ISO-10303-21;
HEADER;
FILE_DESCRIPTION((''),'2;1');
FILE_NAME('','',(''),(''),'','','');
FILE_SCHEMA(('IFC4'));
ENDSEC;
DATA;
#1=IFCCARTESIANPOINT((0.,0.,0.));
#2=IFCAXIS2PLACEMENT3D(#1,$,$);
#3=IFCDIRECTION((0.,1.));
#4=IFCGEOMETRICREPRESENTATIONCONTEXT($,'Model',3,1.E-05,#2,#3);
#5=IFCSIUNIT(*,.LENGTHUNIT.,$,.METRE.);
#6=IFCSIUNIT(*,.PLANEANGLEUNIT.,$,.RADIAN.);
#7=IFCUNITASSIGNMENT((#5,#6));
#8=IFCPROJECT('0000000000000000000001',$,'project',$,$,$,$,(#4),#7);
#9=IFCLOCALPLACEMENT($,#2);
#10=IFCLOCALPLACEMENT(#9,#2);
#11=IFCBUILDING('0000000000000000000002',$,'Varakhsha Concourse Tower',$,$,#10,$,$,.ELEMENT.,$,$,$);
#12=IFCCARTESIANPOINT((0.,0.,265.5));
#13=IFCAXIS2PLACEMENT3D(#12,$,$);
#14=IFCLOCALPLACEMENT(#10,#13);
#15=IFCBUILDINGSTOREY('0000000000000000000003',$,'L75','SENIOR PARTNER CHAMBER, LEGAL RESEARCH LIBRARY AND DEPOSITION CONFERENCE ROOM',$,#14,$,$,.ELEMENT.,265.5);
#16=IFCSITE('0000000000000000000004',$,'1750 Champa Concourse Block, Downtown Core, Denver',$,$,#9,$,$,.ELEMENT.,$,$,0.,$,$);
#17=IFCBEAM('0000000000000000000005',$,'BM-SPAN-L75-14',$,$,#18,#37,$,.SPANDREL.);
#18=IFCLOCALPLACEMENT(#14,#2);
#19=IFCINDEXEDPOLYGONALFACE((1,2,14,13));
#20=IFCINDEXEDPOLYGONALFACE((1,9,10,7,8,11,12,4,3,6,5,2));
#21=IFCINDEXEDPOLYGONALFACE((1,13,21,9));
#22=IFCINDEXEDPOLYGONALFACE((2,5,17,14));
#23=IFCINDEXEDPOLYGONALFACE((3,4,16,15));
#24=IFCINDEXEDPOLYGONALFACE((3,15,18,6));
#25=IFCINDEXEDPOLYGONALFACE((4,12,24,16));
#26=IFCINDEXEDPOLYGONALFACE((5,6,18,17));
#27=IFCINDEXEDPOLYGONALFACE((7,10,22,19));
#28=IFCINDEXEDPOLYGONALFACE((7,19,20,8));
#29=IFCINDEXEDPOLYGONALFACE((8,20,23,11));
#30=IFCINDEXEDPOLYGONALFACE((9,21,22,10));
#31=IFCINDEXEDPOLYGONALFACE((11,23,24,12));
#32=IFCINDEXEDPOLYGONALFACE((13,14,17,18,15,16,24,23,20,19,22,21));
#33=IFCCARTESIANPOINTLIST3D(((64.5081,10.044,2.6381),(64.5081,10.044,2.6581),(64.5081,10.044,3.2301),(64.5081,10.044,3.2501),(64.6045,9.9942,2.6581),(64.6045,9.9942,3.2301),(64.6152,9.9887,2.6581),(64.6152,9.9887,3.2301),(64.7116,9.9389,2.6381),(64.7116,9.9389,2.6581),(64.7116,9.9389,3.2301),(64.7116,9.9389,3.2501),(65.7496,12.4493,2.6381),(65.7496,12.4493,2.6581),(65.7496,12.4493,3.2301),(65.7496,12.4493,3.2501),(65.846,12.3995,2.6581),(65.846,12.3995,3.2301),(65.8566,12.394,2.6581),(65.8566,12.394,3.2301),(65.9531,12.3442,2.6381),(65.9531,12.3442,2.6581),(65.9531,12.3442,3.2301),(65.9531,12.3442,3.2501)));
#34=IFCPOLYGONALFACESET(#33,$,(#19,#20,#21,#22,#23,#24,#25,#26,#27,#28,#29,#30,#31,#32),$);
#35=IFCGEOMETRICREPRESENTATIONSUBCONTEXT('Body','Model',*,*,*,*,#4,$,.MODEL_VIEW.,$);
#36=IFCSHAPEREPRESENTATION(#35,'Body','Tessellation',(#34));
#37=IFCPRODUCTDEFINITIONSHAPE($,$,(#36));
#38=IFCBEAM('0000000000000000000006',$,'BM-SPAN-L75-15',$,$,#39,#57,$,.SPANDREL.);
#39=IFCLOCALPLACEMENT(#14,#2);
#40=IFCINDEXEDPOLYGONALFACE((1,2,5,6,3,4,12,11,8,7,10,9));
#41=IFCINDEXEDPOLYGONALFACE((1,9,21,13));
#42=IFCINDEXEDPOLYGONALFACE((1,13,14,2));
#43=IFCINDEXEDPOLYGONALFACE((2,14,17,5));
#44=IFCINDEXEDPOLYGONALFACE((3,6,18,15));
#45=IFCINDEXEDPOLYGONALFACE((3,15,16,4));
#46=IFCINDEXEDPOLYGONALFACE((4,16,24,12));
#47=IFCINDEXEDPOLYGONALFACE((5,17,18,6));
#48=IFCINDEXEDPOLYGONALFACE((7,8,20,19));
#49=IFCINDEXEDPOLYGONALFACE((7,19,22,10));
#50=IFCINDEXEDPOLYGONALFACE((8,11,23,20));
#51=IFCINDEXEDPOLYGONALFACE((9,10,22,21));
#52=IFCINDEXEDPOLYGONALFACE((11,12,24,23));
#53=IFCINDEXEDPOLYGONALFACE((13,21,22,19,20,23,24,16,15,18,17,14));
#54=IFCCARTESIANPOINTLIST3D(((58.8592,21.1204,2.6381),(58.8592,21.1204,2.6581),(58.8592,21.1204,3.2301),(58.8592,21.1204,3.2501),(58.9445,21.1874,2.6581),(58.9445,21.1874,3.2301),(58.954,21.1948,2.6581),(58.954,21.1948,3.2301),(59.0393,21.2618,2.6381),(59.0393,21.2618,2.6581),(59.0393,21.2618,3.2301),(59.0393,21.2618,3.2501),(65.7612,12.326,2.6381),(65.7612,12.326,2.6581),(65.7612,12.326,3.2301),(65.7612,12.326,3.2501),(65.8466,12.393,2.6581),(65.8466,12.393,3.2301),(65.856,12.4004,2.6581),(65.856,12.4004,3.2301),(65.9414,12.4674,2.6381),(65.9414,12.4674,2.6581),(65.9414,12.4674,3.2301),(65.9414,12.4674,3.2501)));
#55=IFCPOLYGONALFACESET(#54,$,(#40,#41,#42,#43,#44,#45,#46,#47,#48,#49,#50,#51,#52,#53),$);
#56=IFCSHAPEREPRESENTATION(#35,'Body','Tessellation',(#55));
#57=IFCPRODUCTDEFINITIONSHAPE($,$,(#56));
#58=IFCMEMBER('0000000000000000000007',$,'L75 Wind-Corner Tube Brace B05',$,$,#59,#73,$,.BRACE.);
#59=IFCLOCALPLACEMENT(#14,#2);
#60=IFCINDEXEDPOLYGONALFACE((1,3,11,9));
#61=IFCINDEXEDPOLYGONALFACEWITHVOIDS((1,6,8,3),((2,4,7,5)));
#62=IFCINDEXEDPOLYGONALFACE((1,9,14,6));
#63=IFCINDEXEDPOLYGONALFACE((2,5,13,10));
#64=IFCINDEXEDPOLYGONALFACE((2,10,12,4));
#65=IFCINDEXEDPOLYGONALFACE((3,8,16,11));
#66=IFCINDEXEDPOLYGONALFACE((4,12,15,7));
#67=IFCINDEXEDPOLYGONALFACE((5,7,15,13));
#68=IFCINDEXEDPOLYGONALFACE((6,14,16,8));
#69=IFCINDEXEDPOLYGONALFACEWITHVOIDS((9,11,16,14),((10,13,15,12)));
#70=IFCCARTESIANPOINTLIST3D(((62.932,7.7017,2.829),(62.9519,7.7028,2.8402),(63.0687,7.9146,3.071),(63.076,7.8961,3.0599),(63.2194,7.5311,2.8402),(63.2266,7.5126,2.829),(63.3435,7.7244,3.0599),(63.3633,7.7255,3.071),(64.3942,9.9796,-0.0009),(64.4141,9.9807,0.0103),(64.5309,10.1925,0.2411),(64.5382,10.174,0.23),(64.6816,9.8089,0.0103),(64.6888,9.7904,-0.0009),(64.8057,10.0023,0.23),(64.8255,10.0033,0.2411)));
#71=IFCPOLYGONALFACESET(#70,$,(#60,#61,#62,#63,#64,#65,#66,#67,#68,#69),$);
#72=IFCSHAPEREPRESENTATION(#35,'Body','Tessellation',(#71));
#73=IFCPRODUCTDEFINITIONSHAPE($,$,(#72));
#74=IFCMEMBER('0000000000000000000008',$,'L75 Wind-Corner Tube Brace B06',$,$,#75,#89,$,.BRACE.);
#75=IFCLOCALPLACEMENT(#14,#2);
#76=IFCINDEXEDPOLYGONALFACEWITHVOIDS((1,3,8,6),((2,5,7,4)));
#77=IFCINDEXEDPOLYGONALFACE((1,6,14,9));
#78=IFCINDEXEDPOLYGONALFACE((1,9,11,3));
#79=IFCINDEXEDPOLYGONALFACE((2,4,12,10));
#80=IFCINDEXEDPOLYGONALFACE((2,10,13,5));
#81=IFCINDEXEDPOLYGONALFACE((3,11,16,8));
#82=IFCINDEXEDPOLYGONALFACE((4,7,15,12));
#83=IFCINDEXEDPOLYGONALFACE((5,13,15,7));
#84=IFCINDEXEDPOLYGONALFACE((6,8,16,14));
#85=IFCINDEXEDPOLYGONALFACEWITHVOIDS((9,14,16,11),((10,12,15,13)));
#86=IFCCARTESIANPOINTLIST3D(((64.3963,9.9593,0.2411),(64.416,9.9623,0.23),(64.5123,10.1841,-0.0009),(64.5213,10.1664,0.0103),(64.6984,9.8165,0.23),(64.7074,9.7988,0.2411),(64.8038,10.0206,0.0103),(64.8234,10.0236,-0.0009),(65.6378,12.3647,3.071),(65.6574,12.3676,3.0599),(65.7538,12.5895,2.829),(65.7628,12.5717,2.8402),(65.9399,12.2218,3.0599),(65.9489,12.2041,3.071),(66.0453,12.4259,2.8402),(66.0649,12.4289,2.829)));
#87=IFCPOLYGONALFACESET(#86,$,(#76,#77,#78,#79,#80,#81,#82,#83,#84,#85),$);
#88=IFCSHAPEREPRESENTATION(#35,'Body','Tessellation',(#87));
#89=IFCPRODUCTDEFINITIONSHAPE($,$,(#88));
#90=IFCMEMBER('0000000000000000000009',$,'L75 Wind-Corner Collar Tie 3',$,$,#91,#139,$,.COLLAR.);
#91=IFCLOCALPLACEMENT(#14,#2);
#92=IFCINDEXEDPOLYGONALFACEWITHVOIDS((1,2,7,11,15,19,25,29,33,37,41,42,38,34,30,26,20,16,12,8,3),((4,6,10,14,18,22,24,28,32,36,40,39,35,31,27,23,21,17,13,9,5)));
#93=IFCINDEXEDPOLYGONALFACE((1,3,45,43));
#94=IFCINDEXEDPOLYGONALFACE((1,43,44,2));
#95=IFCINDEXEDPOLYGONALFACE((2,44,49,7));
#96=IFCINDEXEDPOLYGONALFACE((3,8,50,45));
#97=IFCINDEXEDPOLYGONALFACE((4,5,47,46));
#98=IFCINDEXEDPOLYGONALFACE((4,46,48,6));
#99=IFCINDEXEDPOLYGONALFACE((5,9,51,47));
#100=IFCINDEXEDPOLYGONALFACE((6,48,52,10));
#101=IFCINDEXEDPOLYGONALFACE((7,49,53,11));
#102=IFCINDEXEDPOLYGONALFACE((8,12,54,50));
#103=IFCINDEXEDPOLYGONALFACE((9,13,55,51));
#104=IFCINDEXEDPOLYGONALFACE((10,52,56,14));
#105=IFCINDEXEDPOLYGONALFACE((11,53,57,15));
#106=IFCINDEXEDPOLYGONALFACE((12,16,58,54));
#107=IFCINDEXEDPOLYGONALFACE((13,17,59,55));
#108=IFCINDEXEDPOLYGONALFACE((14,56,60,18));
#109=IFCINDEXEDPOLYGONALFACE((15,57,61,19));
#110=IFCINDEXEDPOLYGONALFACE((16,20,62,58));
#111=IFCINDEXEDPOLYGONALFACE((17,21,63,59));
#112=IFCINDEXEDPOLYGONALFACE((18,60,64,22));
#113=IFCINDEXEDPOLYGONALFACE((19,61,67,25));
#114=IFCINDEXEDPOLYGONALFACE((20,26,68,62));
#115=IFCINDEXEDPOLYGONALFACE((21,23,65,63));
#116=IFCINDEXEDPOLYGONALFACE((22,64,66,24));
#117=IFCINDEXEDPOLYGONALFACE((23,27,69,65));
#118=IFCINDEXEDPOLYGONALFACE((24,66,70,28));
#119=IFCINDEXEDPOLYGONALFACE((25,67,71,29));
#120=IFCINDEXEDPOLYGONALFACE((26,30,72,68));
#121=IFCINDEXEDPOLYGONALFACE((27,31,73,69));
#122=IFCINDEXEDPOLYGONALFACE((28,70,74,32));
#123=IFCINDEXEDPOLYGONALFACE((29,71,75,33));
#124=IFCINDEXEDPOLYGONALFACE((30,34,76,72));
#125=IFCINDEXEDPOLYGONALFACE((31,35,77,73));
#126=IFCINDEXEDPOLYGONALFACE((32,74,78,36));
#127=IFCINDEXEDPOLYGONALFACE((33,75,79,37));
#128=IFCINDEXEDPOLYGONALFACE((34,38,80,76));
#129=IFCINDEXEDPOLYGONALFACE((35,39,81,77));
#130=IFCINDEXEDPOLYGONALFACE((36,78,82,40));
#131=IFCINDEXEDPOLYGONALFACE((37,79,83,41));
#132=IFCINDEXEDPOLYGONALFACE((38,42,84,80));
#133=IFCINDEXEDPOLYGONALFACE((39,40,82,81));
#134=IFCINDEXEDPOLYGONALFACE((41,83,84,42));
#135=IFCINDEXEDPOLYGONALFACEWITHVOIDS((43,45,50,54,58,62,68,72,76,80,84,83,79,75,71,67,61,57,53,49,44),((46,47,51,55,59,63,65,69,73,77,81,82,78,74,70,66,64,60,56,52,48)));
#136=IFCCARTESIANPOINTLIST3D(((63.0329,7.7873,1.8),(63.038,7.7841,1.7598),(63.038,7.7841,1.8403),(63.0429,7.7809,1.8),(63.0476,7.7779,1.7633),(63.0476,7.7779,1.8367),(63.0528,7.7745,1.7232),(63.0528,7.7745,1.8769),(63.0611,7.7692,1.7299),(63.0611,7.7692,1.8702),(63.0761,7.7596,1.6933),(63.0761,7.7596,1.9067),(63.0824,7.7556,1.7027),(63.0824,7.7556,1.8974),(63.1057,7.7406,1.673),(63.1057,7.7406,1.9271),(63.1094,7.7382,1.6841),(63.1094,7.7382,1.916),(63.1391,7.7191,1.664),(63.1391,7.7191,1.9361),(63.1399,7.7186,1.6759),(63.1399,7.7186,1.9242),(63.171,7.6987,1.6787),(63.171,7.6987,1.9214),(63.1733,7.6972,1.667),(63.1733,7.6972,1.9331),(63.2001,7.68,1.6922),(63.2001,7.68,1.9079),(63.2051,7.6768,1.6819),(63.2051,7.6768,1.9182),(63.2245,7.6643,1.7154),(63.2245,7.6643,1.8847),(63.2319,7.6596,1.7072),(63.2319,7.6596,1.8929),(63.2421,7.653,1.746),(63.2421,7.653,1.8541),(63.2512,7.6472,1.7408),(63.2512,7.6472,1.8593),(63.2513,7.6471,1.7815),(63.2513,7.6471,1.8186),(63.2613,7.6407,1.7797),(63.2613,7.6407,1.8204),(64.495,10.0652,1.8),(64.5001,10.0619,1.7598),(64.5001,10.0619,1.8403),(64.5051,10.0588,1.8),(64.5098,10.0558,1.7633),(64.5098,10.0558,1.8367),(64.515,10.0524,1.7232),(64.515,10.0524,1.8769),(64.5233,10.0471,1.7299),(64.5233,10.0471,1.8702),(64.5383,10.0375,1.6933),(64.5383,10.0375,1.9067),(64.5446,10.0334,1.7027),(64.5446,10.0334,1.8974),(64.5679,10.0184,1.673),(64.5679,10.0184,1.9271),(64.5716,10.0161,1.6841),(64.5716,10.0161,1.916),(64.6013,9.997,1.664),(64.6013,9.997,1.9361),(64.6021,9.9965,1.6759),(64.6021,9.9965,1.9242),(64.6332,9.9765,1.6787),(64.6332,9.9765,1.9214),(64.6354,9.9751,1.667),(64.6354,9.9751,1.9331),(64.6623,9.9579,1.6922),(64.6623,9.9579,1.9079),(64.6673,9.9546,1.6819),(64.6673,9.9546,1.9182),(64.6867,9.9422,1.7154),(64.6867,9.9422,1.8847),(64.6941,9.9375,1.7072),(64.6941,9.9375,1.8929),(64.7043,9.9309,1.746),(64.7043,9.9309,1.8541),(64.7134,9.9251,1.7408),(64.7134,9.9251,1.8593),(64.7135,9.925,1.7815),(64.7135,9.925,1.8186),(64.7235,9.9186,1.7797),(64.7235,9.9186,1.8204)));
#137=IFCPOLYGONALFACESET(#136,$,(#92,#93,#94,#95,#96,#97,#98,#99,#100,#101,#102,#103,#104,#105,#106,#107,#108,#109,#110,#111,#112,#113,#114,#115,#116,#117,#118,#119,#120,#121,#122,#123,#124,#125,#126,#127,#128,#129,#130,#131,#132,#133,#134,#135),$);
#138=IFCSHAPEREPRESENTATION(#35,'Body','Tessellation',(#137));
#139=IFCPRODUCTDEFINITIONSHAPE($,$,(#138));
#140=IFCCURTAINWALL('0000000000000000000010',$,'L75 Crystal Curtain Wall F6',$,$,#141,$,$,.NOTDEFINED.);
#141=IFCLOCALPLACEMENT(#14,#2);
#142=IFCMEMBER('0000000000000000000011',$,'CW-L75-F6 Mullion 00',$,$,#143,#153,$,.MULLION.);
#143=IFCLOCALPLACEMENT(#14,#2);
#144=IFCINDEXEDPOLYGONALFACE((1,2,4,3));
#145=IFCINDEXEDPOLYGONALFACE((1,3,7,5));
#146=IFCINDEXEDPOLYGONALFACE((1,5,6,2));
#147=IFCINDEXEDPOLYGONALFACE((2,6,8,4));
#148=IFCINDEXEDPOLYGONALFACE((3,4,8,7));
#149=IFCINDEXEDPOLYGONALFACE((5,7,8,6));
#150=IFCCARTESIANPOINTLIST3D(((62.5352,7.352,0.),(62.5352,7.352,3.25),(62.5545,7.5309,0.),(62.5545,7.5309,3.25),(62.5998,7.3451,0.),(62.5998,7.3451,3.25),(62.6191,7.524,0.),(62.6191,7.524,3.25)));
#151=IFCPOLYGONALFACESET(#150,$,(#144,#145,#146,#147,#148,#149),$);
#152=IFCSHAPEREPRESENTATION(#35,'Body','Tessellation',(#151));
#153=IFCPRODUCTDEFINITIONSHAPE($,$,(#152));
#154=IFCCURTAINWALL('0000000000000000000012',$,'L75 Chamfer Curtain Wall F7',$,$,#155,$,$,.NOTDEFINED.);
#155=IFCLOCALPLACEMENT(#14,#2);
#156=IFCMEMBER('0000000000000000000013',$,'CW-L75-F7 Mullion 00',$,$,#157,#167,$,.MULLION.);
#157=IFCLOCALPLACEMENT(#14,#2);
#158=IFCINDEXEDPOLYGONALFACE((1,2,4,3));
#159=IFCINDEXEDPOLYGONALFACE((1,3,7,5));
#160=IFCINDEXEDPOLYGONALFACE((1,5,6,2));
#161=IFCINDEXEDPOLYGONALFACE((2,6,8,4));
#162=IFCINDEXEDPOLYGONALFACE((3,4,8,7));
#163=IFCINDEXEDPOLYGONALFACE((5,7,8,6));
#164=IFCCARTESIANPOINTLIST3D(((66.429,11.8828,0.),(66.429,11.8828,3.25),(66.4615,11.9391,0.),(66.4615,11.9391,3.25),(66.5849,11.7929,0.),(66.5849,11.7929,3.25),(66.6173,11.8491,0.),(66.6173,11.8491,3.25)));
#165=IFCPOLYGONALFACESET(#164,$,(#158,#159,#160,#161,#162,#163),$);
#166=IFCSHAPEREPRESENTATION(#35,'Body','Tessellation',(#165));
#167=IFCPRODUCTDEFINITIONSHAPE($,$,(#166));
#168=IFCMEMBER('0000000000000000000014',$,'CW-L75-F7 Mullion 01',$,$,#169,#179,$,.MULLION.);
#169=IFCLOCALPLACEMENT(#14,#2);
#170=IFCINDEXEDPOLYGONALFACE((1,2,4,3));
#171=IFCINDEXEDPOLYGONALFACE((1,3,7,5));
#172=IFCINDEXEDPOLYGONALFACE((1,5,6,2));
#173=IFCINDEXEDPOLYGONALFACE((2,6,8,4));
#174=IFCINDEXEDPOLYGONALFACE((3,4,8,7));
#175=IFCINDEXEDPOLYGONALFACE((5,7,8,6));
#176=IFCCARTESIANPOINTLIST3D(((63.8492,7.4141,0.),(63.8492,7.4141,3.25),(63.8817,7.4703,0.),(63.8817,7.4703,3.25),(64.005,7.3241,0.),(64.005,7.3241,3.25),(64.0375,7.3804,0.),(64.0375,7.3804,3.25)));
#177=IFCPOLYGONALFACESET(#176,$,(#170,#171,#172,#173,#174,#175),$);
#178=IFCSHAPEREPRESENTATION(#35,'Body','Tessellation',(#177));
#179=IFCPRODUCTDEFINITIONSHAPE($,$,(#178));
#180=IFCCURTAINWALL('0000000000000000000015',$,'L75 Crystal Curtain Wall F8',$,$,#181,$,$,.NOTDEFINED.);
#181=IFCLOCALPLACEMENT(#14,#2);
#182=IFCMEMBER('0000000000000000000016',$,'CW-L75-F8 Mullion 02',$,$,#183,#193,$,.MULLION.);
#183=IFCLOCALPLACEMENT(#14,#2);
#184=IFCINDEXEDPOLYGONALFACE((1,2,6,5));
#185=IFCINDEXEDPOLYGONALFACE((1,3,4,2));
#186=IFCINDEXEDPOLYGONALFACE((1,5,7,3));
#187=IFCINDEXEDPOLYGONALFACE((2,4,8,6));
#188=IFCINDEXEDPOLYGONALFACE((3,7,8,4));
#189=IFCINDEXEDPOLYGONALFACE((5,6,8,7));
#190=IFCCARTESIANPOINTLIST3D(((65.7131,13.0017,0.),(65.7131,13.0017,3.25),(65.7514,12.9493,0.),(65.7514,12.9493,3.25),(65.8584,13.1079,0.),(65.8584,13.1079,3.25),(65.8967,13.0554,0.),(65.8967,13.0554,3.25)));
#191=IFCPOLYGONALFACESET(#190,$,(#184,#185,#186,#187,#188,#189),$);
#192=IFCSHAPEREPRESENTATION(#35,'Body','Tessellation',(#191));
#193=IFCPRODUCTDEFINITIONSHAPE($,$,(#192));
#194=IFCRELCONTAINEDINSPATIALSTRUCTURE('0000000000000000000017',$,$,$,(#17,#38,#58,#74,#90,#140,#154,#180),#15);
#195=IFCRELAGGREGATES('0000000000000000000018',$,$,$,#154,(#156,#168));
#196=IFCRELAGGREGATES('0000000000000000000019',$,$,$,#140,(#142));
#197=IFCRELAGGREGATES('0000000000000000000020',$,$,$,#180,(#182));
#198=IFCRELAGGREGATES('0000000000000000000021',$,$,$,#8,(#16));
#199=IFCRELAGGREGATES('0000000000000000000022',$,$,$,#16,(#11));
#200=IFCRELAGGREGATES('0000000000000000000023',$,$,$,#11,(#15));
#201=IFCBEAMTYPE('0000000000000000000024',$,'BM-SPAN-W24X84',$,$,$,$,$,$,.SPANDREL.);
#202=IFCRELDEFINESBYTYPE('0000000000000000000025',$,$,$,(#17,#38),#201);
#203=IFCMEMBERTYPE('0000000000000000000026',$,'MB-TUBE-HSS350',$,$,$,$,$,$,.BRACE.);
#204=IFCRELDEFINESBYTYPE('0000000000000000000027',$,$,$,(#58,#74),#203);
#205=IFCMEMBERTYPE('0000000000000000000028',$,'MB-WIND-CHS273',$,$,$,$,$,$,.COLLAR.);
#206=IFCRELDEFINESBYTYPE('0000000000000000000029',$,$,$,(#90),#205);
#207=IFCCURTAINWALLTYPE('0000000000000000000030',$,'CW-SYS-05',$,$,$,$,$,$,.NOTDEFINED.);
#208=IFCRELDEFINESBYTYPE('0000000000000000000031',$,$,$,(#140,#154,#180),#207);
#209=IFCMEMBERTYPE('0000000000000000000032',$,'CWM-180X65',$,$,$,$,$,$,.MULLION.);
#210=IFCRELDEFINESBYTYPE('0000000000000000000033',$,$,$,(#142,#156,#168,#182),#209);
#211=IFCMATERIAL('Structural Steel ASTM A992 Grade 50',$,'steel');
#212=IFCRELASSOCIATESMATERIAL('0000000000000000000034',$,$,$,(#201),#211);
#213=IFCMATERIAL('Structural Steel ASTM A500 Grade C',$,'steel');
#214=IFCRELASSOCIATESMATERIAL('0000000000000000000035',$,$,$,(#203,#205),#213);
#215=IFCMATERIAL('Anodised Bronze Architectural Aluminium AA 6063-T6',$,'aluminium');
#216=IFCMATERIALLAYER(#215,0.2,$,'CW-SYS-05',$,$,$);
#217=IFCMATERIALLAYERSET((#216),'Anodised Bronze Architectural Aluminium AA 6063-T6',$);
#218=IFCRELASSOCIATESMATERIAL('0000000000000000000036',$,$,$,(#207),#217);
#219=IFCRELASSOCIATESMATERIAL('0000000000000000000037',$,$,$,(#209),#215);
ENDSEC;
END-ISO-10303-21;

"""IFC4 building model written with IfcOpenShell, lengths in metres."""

from ifc_helpers import new_model, si_unit, direction, frame, origin, origin_2d, place, context, subcontext, project, spatial, rectangle, hollow_rectangle, hollow_circle, i_section, extrude, source, transform, mapped, material, layer, layer_set, material_profile, profile_set, type_object, type_shapes, element, aggregate, save


model = new_model("IFC4")

# Units and contexts
model_context = context("Model", 3, precision=1e-05, world=origin(), true_north=direction((0.0, 1.0)))
body_context = subcontext(model_context, "Body", "Model", "MODEL_VIEW")
ifc_project = project(units=[si_unit("LENGTHUNIT", "METRE"), si_unit("PLANEANGLEUNIT", "RADIAN")], contexts=[model_context])

# Site, building, storey
site_placement = place(None, origin())
site = spatial("IfcSite", under=ifc_project, at=site_placement, Name="1750 Champa Concourse Block, Downtown Core, Denver", CompositionType="ELEMENT", RefElevation=0.0)
building_placement = place(site_placement, origin())
building = spatial("IfcBuilding", under=site, at=building_placement, Name="Varakhsha Concourse Tower", CompositionType="ELEMENT")
storey_placement = place(building_placement, frame((0.0, 0.0, 265.5)))
storey = spatial("IfcBuildingStorey", under=building, at=storey_placement, Name="L75", Description="SENIOR PARTNER CHAMBER, LEGAL RESEARCH LIBRARY AND DEPOSITION CONFERENCE ROOM", CompositionType="ELEMENT", Elevation=265.5)

# Beams
ifc_material_1 = material(Name="Structural Steel ASTM A992 Grade 50", Category="steel")
ifc_material_profile_1 = material_profile(ifc_material_1, i_section(OverallWidth=0.229, OverallDepth=0.6121, WebThickness=0.012, FlangeThickness=0.02, at=origin_2d()), Name="W24X84")
ifc_profile_set_1 = profile_set([ifc_material_profile_1], Name="Structural Steel ASTM A992 Grade 50")
beam_type_1 = type_object("IfcBeamType", Name="BM-SPAN-W24X84", PredefinedType="SPANDREL", material=ifc_profile_set_1)
for number, where, z_axis, x_axis, name in (
    (1, (64.6099, 9.9915, 2.9441), (0.45865, 0.888617, 0.0), (-0.888617, 0.45865, 0.0), "BM-SPAN-L75-14"),
):
    element("IfcBeam", number, at=place(storey_placement, frame(where, z_axis=z_axis, x_axis=x_axis)), inside=storey, type_object=beam_type_1, Name=name, PredefinedType="SPANDREL", context=body_context, shape_type="SweptSolid", body=[
        extrude(i_section(OverallWidth=0.229, OverallDepth=0.6121, WebThickness=0.012, FlangeThickness=0.02, at=origin_2d()), origin(), (0.0, 0.0, 1.0), 2.7068),
    ])
beam_1_placement = place(storey_placement, frame((65.8513, 12.3967, 2.9441), z_axis=(-0.617389, 0.786658, 0.0), x_axis=(-0.786658, -0.617389, 0.0)))
element("IfcBeam", 2, at=beam_1_placement, inside=storey, type_object=beam_type_1, Name="BM-SPAN-L75-15", PredefinedType="SPANDREL", context=body_context, shape_type="SweptSolid", body=[
    extrude(i_section(OverallWidth=0.229, OverallDepth=0.6121, WebThickness=0.012, FlangeThickness=0.02, at=origin_2d()), origin(), (0.0, 0.0, 1.0), 11.1794),
])

# Members
ifc_material_2 = material(Name="Structural Steel ASTM A500 Grade C", Category="steel")
ifc_material_profile_2 = material_profile(ifc_material_2, hollow_rectangle(XDim=0.3501, YDim=0.3501, WallThickness=0.0161, at=origin_2d()), Name="HSS 350x350x16")
ifc_profile_set_2 = profile_set([ifc_material_profile_2], Name="Structural Steel ASTM A500 Grade C")
member_type_1 = type_object("IfcMemberType", Name="MB-TUBE-HSS350", PredefinedType="BRACE", material=ifc_profile_set_2)
shared_shape_1 = source(origin(), body_context, "Body", "SweptSolid", [
    extrude(hollow_rectangle(XDim=0.3501, YDim=0.3501, WallThickness=0.0161, at=origin_2d()), origin(), (0.0, 0.0, 1.0), 3.916),
])
type_shapes(member_type_1, [shared_shape_1])
for number, where, z_axis, x_axis, name in (
    (3, (64.6099, 9.9915, 0.1201), (-0.373389, -0.581686, 0.72265), (0.841542, -0.540192, 0.0), "L75 Wind-Corner Tube Brace B05"),
    (4, (64.6099, 9.9915, 0.1201), (0.317027, 0.614228, 0.722647), (-0.888617, 0.45865, 0.0), "L75 Wind-Corner Tube Brace B06"),
):
    element("IfcMember", number, at=place(storey_placement, frame(where, z_axis=z_axis, x_axis=x_axis)), inside=storey, type_object=member_type_1, Name=name, PredefinedType="BRACE", context=body_context, shape_type="MappedRepresentation", body=[
        mapped(shared_shape_1, transform((0.0, 0.0, 0.0), scale=1.0)),
    ])
ifc_material_profile_3 = material_profile(ifc_material_2, hollow_circle(Radius=0.1365, WallThickness=0.012, at=origin_2d()), Name="CHS 273x12")
ifc_profile_set_3 = profile_set([ifc_material_profile_3], Name="Structural Steel ASTM A500 Grade C")
member_type_2 = type_object("IfcMemberType", Name="MB-WIND-CHS273", PredefinedType="COLLAR", material=ifc_profile_set_3)
shared_shape_2 = source(origin(), body_context, "Body", "SweptSolid", [
    extrude(hollow_circle(Radius=0.1365, WallThickness=0.012, at=origin_2d()), origin(), (0.0, 0.0, 1.0), 2.7068),
])
type_shapes(member_type_2, [shared_shape_2])
member_1_placement = place(storey_placement, frame((63.1477, 7.7136, 1.8), z_axis=(0.540192, 0.841542, 0.0), x_axis=(-0.841542, 0.540192, 0.0)))
element("IfcMember", 5, at=member_1_placement, inside=storey, type_object=member_type_2, Name="L75 Wind-Corner Collar Tie 3", PredefinedType="COLLAR", context=body_context, shape_type="MappedRepresentation", body=[
    mapped(shared_shape_2, transform((0.0, 0.0, 0.0), scale=1.0)),
])

# Curtain wall, member
ifc_material_3 = material(Name="Anodised Bronze Architectural Aluminium AA 6063-T6", Category="aluminium")
ifc_layer_1 = layer(ifc_material_3, 0.2, Name="CW-SYS-05")
ifc_layer_set_1 = layer_set([ifc_layer_1], Name="Anodised Bronze Architectural Aluminium AA 6063-T6")
curtain_wall_type = type_object("IfcCurtainWallType", Name="CW-SYS-05", PredefinedType="NOTDEFINED", material=ifc_layer_set_1)
curtain_wall_1_placement = place(storey_placement, origin())
curtain_wall_1 = element("IfcCurtainWall", 6, at=curtain_wall_1_placement, inside=storey, type_object=curtain_wall_type, Name="L75 Crystal Curtain Wall F6", PredefinedType="NOTDEFINED")
ifc_material_profile_4 = material_profile(ifc_material_3, rectangle(XDim=0.0649, YDim=0.1799, at=origin_2d()), Name="CWM-180X65")
ifc_profile_set_4 = profile_set([ifc_material_profile_4], Name="Anodised Bronze Architectural Aluminium AA 6063-T6")
member_type_3 = type_object("IfcMemberType", Name="CWM-180X65", PredefinedType="MULLION", material=ifc_profile_set_4)
shared_shape_3 = source(origin(), body_context, "Body", "SweptSolid", [
    extrude(rectangle(XDim=0.0649, YDim=0.1799, at=origin_2d()), origin(), (0.0, 0.0, 1.0), 3.25),
])
type_shapes(member_type_3, [shared_shape_3])
member_2_placement = place(storey_placement, frame((62.5771, 7.438, 0.0), z_axis=(0.0, 0.0, 1.0), x_axis=(-0.994236, 0.10721, 0.0)))
member_2 = element("IfcMember", 7, at=member_2_placement, type_object=member_type_3, Name="CW-L75-F6 Mullion 00", PredefinedType="MULLION", context=body_context, shape_type="MappedRepresentation", body=[
    mapped(shared_shape_3, transform((0.0, 0.0, 0.0), scale=1.0)),
])

# Curtain wall, members
curtain_wall_2_placement = place(storey_placement, origin())
curtain_wall_2 = element("IfcCurtainWall", 8, at=curtain_wall_2_placement, inside=storey, type_object=curtain_wall_type, Name="L75 Chamfer Curtain Wall F7", PredefinedType="NOTDEFINED")
member_3_placement = place(storey_placement, frame((66.5232, 11.866, 0.0), z_axis=(0.0, 0.0, 1.0), x_axis=(-0.499991, -0.866031, 0.0)))
member_3 = element("IfcMember", 9, at=member_3_placement, type_object=member_type_3, Name="CW-L75-F7 Mullion 00", PredefinedType="MULLION", context=body_context, shape_type="MappedRepresentation", body=[
    mapped(shared_shape_3, transform((0.0, 0.0, 0.0), scale=1.0)),
])
member_4_placement = place(storey_placement, frame((63.9434, 7.3972, 0.0), z_axis=(0.0, 0.0, 1.0), x_axis=(-0.499991, -0.866031, 0.0)))
member_4 = element("IfcMember", 10, at=member_4_placement, type_object=member_type_3, Name="CW-L75-F7 Mullion 01", PredefinedType="MULLION", context=body_context, shape_type="MappedRepresentation", body=[
    mapped(shared_shape_3, transform((0.0, 0.0, 0.0), scale=1.0)),
])

# Curtain wall, member
curtain_wall_3_placement = place(storey_placement, origin())
curtain_wall_3 = element("IfcCurtainWall", 11, at=curtain_wall_3_placement, inside=storey, type_object=curtain_wall_type, Name="L75 Crystal Curtain Wall F8", PredefinedType="NOTDEFINED")
member_5_placement = place(storey_placement, frame((65.8049, 13.0286, 0.0), z_axis=(0.0, 0.0, 1.0), x_axis=(0.58996, -0.807432, 0.0)))
member_5 = element("IfcMember", 12, at=member_5_placement, type_object=member_type_3, Name="CW-L75-F8 Mullion 02", PredefinedType="MULLION", context=body_context, shape_type="MappedRepresentation", body=[
    mapped(shared_shape_3, transform((0.0, 0.0, 0.0), scale=1.0)),
])

aggregate(curtain_wall_2, [member_3, member_4])
aggregate(curtain_wall_1, [member_2])
aggregate(curtain_wall_3, [member_5])

save(model, "model.ifc")
